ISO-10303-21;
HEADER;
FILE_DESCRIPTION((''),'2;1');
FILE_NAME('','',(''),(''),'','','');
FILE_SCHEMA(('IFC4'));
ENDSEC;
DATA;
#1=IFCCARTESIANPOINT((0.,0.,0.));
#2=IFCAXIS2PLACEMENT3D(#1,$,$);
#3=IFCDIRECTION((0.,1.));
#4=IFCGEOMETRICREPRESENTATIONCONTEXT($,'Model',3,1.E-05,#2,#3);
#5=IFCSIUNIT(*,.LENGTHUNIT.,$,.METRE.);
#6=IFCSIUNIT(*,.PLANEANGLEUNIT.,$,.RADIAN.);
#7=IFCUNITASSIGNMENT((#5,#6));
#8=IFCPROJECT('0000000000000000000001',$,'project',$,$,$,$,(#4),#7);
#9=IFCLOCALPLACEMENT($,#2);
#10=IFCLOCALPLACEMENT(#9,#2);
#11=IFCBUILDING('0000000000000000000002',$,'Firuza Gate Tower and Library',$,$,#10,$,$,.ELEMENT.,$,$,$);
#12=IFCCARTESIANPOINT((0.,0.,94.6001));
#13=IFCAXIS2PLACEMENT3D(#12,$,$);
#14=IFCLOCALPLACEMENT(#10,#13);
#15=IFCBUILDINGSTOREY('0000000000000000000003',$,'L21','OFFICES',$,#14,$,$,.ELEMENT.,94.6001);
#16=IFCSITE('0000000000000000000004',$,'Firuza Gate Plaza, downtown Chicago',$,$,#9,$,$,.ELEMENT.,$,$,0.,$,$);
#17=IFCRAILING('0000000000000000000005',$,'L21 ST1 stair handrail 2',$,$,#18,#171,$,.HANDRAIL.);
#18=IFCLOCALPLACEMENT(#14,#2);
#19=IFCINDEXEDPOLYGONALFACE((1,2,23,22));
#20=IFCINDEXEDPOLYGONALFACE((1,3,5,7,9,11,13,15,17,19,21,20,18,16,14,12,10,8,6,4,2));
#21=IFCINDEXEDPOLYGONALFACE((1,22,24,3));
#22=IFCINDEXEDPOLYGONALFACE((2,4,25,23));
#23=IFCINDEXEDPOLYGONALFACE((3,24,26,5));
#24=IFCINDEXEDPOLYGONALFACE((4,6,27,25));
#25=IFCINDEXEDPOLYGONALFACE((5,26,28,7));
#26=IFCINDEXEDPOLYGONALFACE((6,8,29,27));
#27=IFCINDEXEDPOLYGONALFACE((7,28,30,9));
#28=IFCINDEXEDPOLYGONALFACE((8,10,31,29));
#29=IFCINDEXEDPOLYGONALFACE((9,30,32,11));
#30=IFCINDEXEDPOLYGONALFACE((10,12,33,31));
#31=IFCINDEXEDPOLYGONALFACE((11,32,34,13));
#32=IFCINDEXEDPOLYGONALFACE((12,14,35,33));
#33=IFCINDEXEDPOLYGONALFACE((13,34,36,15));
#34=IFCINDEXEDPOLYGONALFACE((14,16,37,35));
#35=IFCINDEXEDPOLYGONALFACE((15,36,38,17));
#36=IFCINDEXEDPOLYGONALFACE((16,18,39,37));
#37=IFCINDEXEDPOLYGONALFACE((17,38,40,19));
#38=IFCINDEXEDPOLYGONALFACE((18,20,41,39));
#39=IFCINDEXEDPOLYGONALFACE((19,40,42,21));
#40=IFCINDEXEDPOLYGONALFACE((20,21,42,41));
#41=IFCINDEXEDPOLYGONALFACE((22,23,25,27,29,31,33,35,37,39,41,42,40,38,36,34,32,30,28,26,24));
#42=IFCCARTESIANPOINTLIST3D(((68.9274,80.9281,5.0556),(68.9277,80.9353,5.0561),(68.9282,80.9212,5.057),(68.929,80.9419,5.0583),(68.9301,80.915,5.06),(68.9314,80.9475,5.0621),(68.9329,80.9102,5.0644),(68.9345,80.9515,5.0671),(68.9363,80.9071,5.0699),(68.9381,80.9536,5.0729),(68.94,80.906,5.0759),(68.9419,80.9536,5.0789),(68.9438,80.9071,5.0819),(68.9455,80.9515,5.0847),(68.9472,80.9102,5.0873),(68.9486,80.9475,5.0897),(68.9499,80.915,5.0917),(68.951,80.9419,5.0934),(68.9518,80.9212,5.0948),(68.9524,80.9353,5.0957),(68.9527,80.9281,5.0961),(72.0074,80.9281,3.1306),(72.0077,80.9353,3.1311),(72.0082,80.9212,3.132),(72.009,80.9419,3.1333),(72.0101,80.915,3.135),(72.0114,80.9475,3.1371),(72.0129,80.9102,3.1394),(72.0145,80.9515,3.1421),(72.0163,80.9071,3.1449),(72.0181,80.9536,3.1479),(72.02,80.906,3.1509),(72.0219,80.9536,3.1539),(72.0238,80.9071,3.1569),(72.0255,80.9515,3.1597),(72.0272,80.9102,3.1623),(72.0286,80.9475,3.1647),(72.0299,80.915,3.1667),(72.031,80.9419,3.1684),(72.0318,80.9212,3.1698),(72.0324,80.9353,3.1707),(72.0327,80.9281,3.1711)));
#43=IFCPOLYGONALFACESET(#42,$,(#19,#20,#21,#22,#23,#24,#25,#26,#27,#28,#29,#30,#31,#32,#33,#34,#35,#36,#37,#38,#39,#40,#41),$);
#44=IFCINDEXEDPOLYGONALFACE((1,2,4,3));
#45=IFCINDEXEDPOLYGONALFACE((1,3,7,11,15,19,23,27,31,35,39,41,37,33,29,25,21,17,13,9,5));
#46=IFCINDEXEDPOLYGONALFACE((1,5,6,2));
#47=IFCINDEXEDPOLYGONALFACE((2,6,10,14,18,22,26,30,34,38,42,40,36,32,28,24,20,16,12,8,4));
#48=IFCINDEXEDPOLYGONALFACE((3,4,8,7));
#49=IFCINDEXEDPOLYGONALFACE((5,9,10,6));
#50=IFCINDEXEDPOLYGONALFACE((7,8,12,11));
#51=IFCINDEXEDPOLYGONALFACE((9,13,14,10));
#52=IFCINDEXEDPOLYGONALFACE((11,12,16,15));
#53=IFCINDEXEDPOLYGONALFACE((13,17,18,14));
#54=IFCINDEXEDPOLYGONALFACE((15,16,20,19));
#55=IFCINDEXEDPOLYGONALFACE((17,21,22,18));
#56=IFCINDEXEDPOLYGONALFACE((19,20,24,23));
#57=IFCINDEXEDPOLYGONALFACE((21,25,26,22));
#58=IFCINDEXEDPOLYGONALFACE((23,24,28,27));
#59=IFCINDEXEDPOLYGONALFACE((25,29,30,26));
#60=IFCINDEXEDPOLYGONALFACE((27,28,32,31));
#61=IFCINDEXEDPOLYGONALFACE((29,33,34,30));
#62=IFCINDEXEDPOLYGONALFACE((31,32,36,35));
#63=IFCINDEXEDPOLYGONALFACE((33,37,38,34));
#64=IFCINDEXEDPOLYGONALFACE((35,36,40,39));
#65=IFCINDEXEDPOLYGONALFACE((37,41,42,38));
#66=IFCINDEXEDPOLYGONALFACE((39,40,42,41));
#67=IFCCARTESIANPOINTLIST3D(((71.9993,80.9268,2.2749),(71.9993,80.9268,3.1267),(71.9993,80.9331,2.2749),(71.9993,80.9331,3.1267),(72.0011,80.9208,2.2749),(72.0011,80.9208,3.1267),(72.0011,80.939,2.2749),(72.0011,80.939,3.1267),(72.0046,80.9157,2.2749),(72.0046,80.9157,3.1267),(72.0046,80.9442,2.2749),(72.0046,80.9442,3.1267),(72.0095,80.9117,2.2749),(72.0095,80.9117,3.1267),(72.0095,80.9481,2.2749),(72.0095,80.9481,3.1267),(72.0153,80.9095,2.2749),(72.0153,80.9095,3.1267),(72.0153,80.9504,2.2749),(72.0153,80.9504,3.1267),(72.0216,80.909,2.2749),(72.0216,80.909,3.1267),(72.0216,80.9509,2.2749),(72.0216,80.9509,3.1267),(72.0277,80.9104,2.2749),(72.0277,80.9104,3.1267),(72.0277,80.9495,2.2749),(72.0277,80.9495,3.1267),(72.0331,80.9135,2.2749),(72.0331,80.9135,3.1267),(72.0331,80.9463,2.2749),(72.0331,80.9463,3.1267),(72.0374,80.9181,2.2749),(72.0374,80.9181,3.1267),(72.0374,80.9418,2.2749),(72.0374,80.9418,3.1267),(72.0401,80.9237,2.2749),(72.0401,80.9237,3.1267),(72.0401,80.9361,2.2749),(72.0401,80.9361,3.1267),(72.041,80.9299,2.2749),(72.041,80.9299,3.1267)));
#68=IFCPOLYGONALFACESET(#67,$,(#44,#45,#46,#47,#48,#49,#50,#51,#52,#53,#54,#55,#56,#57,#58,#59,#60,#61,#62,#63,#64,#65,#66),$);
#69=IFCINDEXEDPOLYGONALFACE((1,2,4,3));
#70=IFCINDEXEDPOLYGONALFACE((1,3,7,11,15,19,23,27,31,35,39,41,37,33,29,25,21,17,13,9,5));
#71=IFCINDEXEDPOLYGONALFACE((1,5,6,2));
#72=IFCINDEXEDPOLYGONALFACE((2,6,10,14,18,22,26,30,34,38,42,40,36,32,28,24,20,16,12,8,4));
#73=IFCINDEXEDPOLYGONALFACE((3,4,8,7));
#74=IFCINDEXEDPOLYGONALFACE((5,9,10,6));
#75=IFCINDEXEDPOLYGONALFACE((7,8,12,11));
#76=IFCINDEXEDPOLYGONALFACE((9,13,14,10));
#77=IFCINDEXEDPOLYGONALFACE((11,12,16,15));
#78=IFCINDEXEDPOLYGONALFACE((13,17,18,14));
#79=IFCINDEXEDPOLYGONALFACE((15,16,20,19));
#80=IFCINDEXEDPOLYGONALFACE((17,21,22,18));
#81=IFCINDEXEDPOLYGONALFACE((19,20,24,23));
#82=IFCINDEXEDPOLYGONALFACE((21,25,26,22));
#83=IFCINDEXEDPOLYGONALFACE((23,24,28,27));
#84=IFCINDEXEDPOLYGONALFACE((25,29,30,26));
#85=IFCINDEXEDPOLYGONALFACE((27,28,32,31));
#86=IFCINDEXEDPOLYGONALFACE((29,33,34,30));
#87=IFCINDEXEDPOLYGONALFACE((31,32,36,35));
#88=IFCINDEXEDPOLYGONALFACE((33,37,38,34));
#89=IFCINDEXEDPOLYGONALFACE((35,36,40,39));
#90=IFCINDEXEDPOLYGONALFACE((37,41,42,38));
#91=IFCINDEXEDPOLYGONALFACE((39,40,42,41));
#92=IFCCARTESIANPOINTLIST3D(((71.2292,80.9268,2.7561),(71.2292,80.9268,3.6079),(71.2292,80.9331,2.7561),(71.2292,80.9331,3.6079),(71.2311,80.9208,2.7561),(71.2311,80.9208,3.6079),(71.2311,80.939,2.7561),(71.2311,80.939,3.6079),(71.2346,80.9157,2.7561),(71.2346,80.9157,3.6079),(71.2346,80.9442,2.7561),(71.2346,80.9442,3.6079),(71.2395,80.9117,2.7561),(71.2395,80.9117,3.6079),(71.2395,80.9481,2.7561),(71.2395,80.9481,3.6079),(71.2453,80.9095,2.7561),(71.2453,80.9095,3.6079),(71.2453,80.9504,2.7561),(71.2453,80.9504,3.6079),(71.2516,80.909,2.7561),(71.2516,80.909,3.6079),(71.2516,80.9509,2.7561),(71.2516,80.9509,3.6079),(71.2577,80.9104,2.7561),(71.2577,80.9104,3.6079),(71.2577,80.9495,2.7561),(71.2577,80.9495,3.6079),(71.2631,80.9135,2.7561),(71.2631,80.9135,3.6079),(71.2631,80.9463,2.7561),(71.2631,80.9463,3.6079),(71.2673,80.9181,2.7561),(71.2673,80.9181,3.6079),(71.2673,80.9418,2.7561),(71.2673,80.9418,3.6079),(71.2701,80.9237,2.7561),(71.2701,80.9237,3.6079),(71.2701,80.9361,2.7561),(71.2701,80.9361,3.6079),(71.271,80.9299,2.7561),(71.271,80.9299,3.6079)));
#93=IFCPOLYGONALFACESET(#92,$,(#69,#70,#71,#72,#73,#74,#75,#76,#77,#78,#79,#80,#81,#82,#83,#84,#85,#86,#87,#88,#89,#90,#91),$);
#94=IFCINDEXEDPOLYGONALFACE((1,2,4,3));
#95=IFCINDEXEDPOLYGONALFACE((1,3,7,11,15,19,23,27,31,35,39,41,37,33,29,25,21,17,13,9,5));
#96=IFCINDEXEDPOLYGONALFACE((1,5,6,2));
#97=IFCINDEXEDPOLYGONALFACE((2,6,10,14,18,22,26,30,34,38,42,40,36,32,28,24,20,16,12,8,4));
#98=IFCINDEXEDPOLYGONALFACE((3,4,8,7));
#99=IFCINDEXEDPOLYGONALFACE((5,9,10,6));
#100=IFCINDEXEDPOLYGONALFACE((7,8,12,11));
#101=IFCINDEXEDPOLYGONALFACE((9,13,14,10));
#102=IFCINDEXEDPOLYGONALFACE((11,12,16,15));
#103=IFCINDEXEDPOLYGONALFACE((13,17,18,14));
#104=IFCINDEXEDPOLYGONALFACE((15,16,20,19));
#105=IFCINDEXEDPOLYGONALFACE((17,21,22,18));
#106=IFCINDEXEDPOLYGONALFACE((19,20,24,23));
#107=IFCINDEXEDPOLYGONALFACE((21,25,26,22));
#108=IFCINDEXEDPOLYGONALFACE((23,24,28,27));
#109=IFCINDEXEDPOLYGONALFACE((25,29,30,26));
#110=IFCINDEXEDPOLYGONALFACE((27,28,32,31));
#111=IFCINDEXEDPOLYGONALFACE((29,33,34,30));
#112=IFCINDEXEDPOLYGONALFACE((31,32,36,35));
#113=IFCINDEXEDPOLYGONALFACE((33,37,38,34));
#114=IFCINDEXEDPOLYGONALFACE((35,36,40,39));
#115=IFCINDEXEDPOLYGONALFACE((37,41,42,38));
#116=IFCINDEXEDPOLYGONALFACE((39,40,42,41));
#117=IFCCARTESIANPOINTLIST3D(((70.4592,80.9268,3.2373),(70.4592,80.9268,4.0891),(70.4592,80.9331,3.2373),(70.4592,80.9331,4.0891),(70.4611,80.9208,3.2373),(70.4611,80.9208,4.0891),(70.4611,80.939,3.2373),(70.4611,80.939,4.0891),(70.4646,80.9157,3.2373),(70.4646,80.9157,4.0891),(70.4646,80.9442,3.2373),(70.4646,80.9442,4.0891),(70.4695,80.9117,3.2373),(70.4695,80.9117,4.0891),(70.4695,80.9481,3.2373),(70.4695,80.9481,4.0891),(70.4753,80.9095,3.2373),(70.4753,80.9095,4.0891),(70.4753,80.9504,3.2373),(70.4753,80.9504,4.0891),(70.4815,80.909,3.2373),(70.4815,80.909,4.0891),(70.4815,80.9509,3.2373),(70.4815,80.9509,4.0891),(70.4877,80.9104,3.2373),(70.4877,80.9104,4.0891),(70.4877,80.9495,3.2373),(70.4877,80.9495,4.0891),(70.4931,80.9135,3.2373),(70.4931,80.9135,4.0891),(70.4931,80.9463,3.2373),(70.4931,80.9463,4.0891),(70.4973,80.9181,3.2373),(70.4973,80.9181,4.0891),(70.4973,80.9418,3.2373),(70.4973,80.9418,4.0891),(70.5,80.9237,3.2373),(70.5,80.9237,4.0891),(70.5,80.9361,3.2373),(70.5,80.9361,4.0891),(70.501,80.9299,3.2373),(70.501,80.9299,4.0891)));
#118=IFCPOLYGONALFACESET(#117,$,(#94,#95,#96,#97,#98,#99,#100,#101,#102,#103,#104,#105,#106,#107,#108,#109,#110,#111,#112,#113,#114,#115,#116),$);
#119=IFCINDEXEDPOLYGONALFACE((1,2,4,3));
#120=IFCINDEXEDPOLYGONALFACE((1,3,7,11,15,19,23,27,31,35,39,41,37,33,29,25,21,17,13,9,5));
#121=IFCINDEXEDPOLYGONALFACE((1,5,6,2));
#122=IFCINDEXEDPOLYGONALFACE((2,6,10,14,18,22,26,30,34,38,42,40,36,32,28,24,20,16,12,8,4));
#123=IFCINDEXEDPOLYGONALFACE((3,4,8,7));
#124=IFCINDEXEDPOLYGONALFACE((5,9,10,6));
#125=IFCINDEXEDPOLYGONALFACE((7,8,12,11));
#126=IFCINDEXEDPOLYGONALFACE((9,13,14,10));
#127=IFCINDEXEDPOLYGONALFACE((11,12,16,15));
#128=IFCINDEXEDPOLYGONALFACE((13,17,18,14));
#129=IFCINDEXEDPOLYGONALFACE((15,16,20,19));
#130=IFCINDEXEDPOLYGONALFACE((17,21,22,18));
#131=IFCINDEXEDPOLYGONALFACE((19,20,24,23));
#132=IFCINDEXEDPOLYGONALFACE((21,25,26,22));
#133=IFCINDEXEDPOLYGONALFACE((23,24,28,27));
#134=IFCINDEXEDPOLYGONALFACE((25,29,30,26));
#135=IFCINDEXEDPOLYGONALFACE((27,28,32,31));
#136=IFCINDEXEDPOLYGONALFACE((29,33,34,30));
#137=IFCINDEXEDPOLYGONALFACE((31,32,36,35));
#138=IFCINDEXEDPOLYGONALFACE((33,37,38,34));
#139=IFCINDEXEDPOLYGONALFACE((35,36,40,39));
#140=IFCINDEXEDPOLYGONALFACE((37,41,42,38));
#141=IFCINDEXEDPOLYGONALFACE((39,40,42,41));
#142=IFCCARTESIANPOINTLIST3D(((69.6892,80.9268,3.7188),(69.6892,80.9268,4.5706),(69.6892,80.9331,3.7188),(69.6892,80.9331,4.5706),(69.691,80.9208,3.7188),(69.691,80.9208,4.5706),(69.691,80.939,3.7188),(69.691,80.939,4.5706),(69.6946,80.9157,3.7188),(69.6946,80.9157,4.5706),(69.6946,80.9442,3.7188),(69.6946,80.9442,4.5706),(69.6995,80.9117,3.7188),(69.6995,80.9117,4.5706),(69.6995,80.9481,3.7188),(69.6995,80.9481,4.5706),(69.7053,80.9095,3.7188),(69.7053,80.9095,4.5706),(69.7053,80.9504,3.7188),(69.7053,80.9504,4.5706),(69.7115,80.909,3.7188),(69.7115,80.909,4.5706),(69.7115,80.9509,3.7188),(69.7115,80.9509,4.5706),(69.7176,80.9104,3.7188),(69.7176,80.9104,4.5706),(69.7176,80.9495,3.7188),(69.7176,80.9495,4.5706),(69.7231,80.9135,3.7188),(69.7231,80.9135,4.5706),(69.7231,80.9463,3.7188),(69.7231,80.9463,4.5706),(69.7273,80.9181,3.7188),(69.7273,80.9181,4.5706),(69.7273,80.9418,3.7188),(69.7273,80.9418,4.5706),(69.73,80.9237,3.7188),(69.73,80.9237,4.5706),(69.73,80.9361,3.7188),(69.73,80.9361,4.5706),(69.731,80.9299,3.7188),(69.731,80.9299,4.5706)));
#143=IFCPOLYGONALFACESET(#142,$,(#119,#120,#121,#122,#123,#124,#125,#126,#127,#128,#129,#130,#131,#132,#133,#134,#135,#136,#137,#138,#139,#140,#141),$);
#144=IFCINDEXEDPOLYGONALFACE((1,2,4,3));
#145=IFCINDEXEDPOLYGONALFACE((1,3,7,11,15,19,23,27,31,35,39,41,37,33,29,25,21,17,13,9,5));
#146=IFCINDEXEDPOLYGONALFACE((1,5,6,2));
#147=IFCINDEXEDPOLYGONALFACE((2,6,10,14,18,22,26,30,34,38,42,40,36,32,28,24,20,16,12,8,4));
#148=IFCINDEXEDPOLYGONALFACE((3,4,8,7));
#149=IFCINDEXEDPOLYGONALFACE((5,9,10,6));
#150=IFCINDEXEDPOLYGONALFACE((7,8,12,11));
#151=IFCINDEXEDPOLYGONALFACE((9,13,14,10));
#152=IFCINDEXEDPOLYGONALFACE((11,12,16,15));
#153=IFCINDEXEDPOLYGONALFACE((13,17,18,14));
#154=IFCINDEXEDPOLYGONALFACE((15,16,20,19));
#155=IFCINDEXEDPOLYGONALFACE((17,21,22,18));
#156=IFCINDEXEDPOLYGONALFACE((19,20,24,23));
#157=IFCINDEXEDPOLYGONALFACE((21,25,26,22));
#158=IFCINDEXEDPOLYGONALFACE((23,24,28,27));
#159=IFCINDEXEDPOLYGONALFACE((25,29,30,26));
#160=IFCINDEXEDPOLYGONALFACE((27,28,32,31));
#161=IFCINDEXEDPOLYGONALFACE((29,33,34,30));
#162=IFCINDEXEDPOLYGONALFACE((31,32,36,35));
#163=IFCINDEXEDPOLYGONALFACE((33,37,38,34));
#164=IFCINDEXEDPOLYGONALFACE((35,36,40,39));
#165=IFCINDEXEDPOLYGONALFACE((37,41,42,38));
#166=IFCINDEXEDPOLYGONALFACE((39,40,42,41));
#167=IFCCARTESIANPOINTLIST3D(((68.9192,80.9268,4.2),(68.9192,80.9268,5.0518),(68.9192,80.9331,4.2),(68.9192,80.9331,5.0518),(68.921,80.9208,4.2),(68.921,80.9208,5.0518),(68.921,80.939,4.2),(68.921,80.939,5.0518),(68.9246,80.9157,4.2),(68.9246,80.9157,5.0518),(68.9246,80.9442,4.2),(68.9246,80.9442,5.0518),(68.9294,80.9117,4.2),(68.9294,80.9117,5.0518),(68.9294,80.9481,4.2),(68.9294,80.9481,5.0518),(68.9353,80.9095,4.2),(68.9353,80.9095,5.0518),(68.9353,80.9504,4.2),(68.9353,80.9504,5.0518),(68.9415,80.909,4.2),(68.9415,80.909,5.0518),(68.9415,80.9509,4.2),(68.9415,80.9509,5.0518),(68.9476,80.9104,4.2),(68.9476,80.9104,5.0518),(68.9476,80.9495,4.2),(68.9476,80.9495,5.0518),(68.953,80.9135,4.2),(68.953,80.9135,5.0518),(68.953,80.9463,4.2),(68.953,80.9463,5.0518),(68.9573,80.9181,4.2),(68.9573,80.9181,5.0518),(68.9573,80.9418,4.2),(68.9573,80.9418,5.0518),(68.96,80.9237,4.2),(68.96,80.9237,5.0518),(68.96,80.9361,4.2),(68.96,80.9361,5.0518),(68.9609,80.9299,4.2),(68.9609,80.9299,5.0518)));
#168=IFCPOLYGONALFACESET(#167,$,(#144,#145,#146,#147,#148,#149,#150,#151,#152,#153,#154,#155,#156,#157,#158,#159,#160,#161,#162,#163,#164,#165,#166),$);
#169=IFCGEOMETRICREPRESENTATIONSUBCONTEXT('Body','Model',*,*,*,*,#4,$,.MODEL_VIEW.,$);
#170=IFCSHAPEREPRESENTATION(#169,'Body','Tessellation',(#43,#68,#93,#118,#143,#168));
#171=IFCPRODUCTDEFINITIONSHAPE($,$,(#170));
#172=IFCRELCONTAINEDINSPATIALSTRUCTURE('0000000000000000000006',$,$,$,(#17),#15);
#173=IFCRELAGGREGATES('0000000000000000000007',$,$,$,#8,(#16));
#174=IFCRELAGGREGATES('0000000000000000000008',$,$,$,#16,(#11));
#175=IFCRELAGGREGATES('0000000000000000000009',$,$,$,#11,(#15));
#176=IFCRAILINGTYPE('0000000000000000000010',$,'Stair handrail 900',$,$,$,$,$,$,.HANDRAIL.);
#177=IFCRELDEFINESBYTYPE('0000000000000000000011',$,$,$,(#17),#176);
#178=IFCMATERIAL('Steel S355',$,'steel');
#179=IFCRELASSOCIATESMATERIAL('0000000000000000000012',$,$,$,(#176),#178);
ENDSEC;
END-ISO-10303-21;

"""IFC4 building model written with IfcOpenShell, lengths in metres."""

from ifc_helpers import new_model, si_unit, direction, frame, origin, origin_2d, place, context, subcontext, project, spatial, circle, extrude, material, type_object, element, save


model = new_model("IFC4")

# Units and contexts
model_context = context("Model", 3, precision=1e-05, world=origin(), true_north=direction((0.0, 1.0)))
body_context = subcontext(model_context, "Body", "Model", "MODEL_VIEW")
ifc_project = project(units=[si_unit("LENGTHUNIT", "METRE"), si_unit("PLANEANGLEUNIT", "RADIAN")], contexts=[model_context])

# Site, building, storey
site_placement = place(None, origin())
site = spatial("IfcSite", under=ifc_project, at=site_placement, Name="Firuza Gate Plaza, downtown Chicago", CompositionType="ELEMENT", RefElevation=0.0)
building_placement = place(site_placement, origin())
building = spatial("IfcBuilding", under=site, at=building_placement, Name="Firuza Gate Tower and Library", CompositionType="ELEMENT")
storey_placement = place(building_placement, frame((0.0, 0.0, 94.6001)))
storey = spatial("IfcBuildingStorey", under=building, at=storey_placement, Name="L21", Description="OFFICES", CompositionType="ELEMENT", Elevation=94.6001)

# Railing
ifc_material_1 = material(Name="Steel S355", Category="steel")
railing_type_1 = type_object("IfcRailingType", Name="Stair handrail 900", PredefinedType="HANDRAIL", material=ifc_material_1)
railing_1_placement = place(storey_placement, frame((72.02, 80.9299, 2.2749)))
element("IfcRailing", 1, at=railing_1_placement, inside=storey, type_object=railing_type_1, Name="L21 ST1 stair handrail 2", PredefinedType="HANDRAIL", context=body_context, shape_type="SweptSolid", body=[
    extrude(circle(Radius=0.0239, at=origin_2d()), frame((0.0, 0.0, 0.876), z_axis=(-0.847998, 0.0, 0.529999), x_axis=(0.0, -1.0, 0.0)), (0.0, 0.0, 1.0), 3.6321),
    extrude(circle(Radius=0.021, at=origin_2d()), origin(), (0.0, 0.0, 1.0), 0.8518),
    extrude(circle(Radius=0.021, at=origin_2d()), frame((-0.77, 0.0, 0.4812)), (0.0, 0.0, 1.0), 0.8518),
    extrude(circle(Radius=0.021, at=origin_2d()), frame((-1.54, 0.0, 0.9624)), (0.0, 0.0, 1.0), 0.8518),
    extrude(circle(Radius=0.021, at=origin_2d()), frame((-2.3101, 0.0, 1.4438)), (0.0, 0.0, 1.0), 0.8518),
    extrude(circle(Radius=0.021, at=origin_2d()), frame((-3.0801, 0.0, 1.925)), (0.0, 0.0, 1.0), 0.8518),
])

save(model, "model.ifc")
